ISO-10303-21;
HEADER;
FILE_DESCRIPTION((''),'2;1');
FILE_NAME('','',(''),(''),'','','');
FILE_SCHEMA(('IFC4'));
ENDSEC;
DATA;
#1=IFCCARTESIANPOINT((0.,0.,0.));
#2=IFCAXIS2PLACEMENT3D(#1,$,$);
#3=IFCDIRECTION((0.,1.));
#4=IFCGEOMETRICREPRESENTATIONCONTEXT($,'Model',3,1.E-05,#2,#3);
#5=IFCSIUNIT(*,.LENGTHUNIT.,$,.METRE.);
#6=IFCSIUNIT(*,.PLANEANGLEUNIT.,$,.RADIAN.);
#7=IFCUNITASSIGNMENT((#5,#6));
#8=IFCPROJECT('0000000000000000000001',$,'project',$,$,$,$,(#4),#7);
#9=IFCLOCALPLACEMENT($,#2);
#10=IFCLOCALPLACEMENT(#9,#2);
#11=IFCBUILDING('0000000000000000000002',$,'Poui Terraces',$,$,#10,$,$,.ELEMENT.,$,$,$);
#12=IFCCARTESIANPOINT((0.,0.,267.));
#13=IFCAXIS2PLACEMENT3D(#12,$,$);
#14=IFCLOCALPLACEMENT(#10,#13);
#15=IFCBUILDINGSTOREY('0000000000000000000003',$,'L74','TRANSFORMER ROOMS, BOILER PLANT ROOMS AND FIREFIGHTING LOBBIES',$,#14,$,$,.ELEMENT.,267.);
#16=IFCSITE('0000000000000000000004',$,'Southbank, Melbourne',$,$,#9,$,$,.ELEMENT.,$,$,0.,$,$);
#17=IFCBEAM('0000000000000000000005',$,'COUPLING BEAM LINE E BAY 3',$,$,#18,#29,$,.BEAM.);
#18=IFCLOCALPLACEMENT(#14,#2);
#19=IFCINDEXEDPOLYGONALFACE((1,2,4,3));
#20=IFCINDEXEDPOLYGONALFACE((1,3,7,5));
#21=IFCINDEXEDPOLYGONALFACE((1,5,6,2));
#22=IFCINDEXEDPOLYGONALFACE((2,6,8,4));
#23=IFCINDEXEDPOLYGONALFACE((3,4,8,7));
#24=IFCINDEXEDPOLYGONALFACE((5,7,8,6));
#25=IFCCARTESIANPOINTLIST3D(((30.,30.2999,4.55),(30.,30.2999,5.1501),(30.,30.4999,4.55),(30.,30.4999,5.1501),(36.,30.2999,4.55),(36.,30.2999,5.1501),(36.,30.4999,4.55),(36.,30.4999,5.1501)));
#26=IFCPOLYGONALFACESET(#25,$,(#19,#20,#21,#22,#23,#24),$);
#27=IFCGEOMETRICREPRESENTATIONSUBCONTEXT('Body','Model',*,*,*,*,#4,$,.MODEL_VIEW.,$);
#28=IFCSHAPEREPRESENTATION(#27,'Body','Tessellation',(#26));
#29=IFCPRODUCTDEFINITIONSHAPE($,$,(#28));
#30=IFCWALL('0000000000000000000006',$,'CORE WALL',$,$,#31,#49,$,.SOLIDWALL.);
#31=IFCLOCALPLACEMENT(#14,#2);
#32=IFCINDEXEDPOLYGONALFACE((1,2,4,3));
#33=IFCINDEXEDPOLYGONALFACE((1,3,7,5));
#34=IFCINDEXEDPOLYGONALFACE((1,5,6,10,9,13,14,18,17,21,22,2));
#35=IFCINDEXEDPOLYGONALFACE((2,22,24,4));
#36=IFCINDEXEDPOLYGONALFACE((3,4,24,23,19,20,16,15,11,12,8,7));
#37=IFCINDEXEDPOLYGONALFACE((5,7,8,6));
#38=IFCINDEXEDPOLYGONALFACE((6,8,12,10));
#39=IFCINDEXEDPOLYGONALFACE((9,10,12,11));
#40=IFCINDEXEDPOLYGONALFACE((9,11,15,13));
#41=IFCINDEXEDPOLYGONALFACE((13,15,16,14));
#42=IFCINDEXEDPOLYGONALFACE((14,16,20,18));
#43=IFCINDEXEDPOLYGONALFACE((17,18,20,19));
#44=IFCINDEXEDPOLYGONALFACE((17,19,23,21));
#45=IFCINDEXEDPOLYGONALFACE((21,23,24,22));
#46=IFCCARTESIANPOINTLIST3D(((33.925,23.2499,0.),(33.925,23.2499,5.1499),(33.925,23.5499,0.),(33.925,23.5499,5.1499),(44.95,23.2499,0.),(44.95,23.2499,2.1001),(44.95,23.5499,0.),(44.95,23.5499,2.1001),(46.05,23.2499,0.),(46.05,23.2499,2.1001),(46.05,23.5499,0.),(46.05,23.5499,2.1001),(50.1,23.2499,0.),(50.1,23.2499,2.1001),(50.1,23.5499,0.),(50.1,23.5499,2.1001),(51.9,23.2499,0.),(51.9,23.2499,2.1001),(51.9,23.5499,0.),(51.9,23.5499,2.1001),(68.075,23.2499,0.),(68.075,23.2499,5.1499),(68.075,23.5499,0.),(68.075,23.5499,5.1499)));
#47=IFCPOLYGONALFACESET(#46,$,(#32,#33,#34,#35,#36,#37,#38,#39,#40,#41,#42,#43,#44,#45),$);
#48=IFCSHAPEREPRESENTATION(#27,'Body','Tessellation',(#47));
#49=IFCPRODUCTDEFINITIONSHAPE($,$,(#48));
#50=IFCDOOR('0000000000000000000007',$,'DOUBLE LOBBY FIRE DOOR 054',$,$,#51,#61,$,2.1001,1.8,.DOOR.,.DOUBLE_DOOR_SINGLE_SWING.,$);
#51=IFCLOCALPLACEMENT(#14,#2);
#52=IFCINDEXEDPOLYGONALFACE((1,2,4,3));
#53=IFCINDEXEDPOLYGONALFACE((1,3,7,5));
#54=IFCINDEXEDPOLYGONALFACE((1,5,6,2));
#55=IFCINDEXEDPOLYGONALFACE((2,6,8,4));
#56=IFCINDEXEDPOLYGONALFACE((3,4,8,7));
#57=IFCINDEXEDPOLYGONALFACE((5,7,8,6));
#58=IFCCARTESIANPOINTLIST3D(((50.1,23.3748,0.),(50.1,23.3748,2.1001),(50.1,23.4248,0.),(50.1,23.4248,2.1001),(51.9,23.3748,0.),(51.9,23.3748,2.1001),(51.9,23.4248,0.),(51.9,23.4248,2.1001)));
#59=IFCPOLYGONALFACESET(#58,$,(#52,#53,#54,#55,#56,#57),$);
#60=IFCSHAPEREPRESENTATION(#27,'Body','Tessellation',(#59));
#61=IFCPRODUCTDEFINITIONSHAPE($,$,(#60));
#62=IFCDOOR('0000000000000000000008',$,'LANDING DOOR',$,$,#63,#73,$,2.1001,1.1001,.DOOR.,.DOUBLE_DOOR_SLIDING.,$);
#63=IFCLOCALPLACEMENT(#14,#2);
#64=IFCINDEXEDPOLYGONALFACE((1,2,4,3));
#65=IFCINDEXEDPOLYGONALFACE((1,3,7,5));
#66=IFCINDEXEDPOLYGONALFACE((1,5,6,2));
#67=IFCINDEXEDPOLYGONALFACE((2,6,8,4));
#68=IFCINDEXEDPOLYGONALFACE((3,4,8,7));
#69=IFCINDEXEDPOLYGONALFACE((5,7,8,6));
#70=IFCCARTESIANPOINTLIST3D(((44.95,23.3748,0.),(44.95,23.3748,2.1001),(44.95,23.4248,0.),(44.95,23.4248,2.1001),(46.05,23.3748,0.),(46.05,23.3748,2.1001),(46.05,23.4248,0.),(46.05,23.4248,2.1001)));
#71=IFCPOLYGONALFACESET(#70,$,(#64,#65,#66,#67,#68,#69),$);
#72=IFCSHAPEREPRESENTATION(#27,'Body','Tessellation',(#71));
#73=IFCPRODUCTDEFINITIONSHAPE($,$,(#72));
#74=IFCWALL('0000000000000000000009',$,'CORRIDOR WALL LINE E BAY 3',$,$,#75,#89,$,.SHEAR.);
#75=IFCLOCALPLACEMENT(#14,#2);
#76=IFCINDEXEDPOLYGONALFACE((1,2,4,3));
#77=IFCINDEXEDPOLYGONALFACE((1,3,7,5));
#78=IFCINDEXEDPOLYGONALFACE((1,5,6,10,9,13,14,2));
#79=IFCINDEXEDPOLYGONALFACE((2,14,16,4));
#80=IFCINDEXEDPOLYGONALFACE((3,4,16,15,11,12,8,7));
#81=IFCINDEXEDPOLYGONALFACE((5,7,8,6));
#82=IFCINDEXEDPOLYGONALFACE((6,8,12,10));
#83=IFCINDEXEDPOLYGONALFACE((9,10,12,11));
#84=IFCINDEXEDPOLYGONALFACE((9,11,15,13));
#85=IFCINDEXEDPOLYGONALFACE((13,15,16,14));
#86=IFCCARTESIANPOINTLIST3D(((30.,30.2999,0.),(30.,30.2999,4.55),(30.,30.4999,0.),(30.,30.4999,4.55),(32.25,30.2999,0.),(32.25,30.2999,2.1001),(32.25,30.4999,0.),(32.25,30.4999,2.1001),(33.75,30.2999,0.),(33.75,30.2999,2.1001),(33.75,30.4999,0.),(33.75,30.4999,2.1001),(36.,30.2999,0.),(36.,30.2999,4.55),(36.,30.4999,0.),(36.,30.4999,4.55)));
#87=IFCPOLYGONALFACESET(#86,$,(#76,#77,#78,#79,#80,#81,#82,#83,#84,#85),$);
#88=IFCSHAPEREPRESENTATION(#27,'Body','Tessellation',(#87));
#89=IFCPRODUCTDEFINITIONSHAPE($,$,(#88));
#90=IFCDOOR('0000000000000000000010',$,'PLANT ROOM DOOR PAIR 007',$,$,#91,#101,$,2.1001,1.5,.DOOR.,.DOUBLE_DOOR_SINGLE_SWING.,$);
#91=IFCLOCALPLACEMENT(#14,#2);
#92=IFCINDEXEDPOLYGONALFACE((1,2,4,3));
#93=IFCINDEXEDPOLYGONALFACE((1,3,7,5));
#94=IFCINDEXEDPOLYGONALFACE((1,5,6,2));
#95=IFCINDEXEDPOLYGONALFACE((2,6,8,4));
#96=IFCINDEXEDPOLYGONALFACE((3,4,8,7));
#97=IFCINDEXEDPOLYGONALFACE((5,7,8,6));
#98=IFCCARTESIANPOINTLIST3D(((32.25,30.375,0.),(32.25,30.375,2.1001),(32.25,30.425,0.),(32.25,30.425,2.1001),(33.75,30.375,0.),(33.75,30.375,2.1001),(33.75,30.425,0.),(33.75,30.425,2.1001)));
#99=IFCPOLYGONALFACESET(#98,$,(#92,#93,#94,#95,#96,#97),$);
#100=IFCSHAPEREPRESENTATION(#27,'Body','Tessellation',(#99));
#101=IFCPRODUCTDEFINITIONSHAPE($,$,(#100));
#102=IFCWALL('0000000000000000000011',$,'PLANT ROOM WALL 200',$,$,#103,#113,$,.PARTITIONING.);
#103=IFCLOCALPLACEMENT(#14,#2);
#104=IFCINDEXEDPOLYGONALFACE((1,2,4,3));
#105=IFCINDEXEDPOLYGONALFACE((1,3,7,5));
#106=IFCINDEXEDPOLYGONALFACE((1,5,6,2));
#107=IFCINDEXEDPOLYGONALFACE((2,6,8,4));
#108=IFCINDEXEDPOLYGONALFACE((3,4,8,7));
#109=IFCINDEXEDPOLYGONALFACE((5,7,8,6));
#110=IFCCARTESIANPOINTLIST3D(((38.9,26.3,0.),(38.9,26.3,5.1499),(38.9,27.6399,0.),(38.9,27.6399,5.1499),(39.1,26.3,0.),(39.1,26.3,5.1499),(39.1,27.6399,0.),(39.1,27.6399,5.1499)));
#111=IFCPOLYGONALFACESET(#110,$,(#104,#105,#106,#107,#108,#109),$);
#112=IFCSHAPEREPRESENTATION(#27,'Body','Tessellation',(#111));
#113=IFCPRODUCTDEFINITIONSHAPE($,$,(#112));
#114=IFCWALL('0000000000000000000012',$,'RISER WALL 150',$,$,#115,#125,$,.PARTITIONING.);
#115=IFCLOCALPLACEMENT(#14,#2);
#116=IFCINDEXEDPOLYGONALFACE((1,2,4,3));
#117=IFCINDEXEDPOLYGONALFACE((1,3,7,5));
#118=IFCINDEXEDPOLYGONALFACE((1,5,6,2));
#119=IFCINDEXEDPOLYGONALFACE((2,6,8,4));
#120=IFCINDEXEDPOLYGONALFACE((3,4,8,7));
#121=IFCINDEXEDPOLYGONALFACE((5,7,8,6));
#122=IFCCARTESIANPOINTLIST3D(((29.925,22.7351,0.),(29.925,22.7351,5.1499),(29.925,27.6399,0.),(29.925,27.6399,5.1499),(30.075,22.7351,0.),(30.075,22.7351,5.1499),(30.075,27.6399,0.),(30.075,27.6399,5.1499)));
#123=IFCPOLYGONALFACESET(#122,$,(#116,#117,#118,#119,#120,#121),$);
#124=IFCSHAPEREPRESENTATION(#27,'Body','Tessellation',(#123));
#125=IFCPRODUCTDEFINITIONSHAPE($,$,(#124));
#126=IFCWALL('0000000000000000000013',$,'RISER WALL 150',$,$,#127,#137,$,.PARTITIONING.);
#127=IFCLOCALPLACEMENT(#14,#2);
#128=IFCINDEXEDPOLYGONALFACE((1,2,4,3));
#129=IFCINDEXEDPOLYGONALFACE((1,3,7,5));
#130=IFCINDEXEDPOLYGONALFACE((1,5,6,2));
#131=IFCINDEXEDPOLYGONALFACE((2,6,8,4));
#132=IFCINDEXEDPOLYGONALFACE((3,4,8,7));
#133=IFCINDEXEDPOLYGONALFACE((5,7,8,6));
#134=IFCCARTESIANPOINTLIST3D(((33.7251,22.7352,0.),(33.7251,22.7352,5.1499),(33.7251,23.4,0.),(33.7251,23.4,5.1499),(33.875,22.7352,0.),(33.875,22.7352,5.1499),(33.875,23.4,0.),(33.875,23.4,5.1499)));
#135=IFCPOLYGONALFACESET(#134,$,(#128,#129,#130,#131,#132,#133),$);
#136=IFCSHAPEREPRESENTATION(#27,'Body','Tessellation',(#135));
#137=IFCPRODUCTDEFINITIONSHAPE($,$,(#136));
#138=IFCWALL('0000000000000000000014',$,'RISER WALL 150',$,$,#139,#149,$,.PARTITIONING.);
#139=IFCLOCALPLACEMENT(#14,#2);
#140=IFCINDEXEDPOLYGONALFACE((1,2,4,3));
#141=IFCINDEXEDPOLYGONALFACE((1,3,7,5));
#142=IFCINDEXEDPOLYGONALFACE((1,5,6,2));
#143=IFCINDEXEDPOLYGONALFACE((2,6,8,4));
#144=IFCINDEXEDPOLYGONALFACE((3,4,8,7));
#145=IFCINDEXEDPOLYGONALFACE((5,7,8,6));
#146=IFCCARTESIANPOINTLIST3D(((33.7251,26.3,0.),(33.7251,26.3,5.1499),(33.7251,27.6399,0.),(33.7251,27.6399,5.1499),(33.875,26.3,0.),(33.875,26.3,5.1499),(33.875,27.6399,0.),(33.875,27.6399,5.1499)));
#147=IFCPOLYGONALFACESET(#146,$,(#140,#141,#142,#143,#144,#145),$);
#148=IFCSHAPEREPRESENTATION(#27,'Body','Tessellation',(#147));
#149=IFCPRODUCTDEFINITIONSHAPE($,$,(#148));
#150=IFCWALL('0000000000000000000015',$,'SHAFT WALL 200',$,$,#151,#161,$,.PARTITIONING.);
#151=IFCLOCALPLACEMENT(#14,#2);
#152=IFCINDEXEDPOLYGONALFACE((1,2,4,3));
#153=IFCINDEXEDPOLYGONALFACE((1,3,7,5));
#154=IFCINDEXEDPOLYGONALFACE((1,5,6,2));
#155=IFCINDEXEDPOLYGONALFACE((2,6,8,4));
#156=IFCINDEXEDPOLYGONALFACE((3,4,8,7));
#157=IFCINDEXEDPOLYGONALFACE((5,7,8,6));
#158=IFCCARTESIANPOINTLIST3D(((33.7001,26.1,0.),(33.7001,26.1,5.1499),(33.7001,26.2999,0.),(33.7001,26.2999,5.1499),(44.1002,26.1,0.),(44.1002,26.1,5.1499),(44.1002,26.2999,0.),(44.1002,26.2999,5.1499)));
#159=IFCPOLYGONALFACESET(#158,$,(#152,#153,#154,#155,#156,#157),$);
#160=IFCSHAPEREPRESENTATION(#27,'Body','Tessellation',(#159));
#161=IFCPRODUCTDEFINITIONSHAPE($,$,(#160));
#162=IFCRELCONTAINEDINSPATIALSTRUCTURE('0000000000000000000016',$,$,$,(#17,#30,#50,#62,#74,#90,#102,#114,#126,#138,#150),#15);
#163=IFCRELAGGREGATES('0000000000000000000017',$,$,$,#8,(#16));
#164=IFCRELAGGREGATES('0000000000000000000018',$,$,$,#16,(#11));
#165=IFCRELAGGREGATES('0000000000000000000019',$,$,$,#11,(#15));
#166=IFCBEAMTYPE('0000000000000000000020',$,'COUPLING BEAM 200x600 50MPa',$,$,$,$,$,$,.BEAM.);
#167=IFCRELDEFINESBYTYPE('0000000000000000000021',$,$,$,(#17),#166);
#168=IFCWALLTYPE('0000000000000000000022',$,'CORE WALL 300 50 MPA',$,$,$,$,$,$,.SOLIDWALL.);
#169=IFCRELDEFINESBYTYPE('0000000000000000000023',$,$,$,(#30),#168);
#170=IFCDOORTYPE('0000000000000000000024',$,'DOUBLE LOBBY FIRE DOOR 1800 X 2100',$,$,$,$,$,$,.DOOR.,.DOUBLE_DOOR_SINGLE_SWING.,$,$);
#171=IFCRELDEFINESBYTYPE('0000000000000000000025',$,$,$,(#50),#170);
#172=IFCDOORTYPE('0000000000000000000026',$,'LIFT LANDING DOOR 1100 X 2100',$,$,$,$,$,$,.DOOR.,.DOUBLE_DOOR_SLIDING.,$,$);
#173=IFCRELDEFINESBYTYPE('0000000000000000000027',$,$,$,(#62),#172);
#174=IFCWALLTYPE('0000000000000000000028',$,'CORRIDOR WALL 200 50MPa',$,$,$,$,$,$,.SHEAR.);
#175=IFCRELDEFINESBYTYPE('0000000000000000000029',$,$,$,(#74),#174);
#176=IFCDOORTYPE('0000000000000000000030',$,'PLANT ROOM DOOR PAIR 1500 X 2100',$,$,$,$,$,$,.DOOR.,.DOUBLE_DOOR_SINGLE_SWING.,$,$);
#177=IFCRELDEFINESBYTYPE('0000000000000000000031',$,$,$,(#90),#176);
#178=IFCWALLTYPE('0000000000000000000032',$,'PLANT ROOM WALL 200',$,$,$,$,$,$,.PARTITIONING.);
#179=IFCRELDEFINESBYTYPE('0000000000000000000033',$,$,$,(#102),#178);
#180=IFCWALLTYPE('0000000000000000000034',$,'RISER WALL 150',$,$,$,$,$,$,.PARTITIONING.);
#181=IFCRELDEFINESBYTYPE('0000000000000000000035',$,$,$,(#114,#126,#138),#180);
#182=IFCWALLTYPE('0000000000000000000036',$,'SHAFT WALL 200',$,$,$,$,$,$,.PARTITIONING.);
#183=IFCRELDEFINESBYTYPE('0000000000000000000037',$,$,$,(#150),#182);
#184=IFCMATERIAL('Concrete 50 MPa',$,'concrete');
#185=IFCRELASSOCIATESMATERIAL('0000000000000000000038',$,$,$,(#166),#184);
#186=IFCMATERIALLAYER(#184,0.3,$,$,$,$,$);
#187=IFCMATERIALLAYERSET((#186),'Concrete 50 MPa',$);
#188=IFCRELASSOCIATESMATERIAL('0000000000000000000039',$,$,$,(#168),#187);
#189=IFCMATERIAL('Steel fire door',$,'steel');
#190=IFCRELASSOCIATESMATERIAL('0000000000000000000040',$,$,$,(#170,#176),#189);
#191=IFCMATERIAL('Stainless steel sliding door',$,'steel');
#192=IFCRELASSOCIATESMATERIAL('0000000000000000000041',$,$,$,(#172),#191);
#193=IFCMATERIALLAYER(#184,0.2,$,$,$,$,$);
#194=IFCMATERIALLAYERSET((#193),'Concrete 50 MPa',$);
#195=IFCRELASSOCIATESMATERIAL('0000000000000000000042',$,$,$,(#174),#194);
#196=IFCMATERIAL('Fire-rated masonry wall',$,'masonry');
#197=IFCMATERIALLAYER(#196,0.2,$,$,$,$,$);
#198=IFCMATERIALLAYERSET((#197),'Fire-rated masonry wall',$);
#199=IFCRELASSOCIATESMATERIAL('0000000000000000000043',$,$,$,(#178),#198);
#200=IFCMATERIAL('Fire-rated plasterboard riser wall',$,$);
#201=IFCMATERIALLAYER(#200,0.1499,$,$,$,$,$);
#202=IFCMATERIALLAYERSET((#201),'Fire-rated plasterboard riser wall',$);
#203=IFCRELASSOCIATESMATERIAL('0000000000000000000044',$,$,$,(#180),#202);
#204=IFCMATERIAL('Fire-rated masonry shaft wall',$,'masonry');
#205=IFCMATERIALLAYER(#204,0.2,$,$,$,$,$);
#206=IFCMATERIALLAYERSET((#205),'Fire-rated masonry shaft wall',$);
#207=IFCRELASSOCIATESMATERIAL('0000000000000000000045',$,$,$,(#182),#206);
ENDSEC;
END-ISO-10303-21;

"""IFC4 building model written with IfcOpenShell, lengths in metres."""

from ifc_helpers import new_model, si_unit, direction, frame, frame_2d, origin, origin_2d, place, context, subcontext, project, spatial, rectangle, extrude, source, transform, mapped, material, layer, layer_set, material_profile, profile_set, type_object, element, fill, save


model = new_model("IFC4")

# Units and contexts
model_context = context("Model", 3, precision=1e-05, world=origin(), true_north=direction((0.0, 1.0)))
body_context = subcontext(model_context, "Body", "Model", "MODEL_VIEW")
ifc_project = project(units=[si_unit("LENGTHUNIT", "METRE"), si_unit("PLANEANGLEUNIT", "RADIAN")], contexts=[model_context])

# Site, building, storey
site_placement = place(None, origin())
site = spatial("IfcSite", under=ifc_project, at=site_placement, Name="Southbank, Melbourne", CompositionType="ELEMENT", RefElevation=0.0)
building_placement = place(site_placement, origin())
building = spatial("IfcBuilding", under=site, at=building_placement, Name="Poui Terraces", CompositionType="ELEMENT")
storey_placement = place(building_placement, frame((0.0, 0.0, 267.0)))
storey = spatial("IfcBuildingStorey", under=building, at=storey_placement, Name="L74", Description="TRANSFORMER ROOMS, BOILER PLANT ROOMS AND FIREFIGHTING LOBBIES", CompositionType="ELEMENT", Elevation=267.0)

# Beam
ifc_material_1 = material(Name="Concrete 50 MPa", Category="concrete")
ifc_material_profile = material_profile(ifc_material_1, rectangle(XDim=0.2, YDim=0.6001, at=origin_2d()), Name="RC 200x600")
ifc_profile_set = profile_set([ifc_material_profile], Name="Concrete 50 MPa")
beam_type = type_object("IfcBeamType", Name="COUPLING BEAM 200x600 50MPa", PredefinedType="BEAM", material=ifc_profile_set)
shared_shape = source(origin(), body_context, "Body", "SweptSolid", [
    extrude(rectangle(XDim=0.2, YDim=0.6001, at=origin_2d()), origin(), (0.0, 0.0, 1.0), 6.0),
])
beam_placement = place(storey_placement, frame((30.0, 30.3999, 4.8501), z_axis=(1.0, 0.0, 0.0), x_axis=(0.0, 1.0, 0.0)))
element("IfcBeam", 1, at=beam_placement, inside=storey, type_object=beam_type, Name="COUPLING BEAM LINE E BAY 3", PredefinedType="BEAM", context=body_context, shape_type="MappedRepresentation", body=[
    mapped(shared_shape, transform((0.0, 0.0, 0.0))),
])

# Wall, openings, doors
ifc_layer_1 = layer(ifc_material_1, 0.3)
ifc_layer_set_1 = layer_set([ifc_layer_1], Name="Concrete 50 MPa")
wall_type_1 = type_object("IfcWallType", Name="CORE WALL 300 50 MPA", PredefinedType="SOLIDWALL", material=ifc_layer_set_1)
wall_1_placement = place(storey_placement, frame((33.925, 23.3999, 0.0), z_axis=(0.0, 0.0, 1.0), x_axis=(1.0, 0.0, 0.0)))
wall_1 = element("IfcWall", 2, at=wall_1_placement, inside=storey, type_object=wall_type_1, Name="CORE WALL", PredefinedType="SOLIDWALL", context=body_context, shape_type="SweptSolid", body=[
    extrude(rectangle(XDim=34.1499, YDim=0.3, at=frame_2d((17.075, 0.0))), origin(), (0.0, 0.0, 1.0), 5.1499),
])
opening_1_placement = place(wall_1_placement, frame((16.175, 0.0, 0.0)))
opening_1 = element("IfcOpeningElement", 3, at=opening_1_placement, cuts=wall_1, PredefinedType="OPENING", context=body_context, shape_type="SweptSolid", body=[
    extrude(rectangle(XDim=1.8, YDim=2.1001, at=frame_2d((0.8999, 1.05))), frame((0.0, 0.1602, 0.0), z_axis=(0.0, -1.0, 0.0), x_axis=(1.0, 0.0, 0.0)), (0.0, 0.0, 1.0), 0.3201),
])
opening_2_placement = place(wall_1_placement, frame((11.0249, 0.0, 0.0)))
opening_2 = element("IfcOpeningElement", 4, at=opening_2_placement, cuts=wall_1, PredefinedType="OPENING", context=body_context, shape_type="SweptSolid", body=[
    extrude(rectangle(XDim=1.1001, YDim=2.1001, at=frame_2d((0.55, 1.05))), frame((0.0, 0.1602, 0.0), z_axis=(0.0, -1.0, 0.0), x_axis=(1.0, 0.0, 0.0)), (0.0, 0.0, 1.0), 0.3201),
])
ifc_material_2 = material(Name="Steel fire door", Category="steel")
door_type_1 = type_object("IfcDoorType", Name="DOUBLE LOBBY FIRE DOOR 1800 X 2100", OperationType="DOUBLE_DOOR_SINGLE_SWING", PredefinedType="DOOR", material=ifc_material_2)
door_1_placement = place(opening_1_placement, origin())
door_1 = element("IfcDoor", 5, at=door_1_placement, inside=storey, type_object=door_type_1, Name="DOUBLE LOBBY FIRE DOOR 054", OperationType="DOUBLE_DOOR_SINGLE_SWING", OverallHeight=2.1001, OverallWidth=1.8, PredefinedType="DOOR", context=body_context, shape_type="SweptSolid", body=[
    extrude(rectangle(XDim=1.8, YDim=2.1001, at=frame_2d((0.8999, 1.05))), frame((0.0, 0.0249, 0.0), z_axis=(0.0, -1.0, 0.0), x_axis=(1.0, 0.0, 0.0)), (0.0, 0.0, 1.0), 0.05),
])
fill(opening_1, door_1)
ifc_material_3 = material(Name="Stainless steel sliding door", Category="steel")
door_type_2 = type_object("IfcDoorType", Name="LIFT LANDING DOOR 1100 X 2100", OperationType="DOUBLE_DOOR_SLIDING", PredefinedType="DOOR", material=ifc_material_3)
door_2_placement = place(opening_2_placement, origin())
door_2 = element("IfcDoor", 6, at=door_2_placement, inside=storey, type_object=door_type_2, Name="LANDING DOOR", OperationType="DOUBLE_DOOR_SLIDING", OverallHeight=2.1001, OverallWidth=1.1001, PredefinedType="DOOR", context=body_context, shape_type="SweptSolid", body=[
    extrude(rectangle(XDim=1.1001, YDim=2.1001, at=frame_2d((0.55, 1.05))), frame((0.0, 0.0249, 0.0), z_axis=(0.0, -1.0, 0.0), x_axis=(1.0, 0.0, 0.0)), (0.0, 0.0, 1.0), 0.05),
])
fill(opening_2, door_2)

# Wall, opening, door
ifc_layer_2 = layer(ifc_material_1, 0.2)
ifc_layer_set_2 = layer_set([ifc_layer_2], Name="Concrete 50 MPa")
wall_type_2 = type_object("IfcWallType", Name="CORRIDOR WALL 200 50MPa", PredefinedType="SHEAR", material=ifc_layer_set_2)
wall_2_placement = place(storey_placement, frame((30.0, 30.3999, 0.0), z_axis=(0.0, 0.0, 1.0), x_axis=(1.0, 0.0, 0.0)))
wall_2 = element("IfcWall", 7, at=wall_2_placement, inside=storey, type_object=wall_type_2, Name="CORRIDOR WALL LINE E BAY 3", PredefinedType="SHEAR", context=body_context, shape_type="SweptSolid", body=[
    extrude(rectangle(XDim=6.0, YDim=0.2, at=frame_2d((3.0, 0.0))), origin(), (0.0, 0.0, 1.0), 4.55),
])
opening_3_placement = place(wall_2_placement, frame((2.25, 0.0, 0.0)))
opening_3 = element("IfcOpeningElement", 8, at=opening_3_placement, cuts=wall_2, PredefinedType="OPENING", context=body_context, shape_type="SweptSolid", body=[
    extrude(rectangle(XDim=1.5, YDim=2.1001, at=frame_2d((0.75, 1.05))), frame((0.0, 0.1099, 0.0), z_axis=(0.0, -1.0, 0.0), x_axis=(1.0, 0.0, 0.0)), (0.0, 0.0, 1.0), 0.22),
])
door_type_3 = type_object("IfcDoorType", Name="PLANT ROOM DOOR PAIR 1500 X 2100", OperationType="DOUBLE_DOOR_SINGLE_SWING", PredefinedType="DOOR", material=ifc_material_2)
door_3_placement = place(opening_3_placement, frame((1.5, 0.0, 0.0), z_axis=(0.0, 0.0, 1.0), x_axis=(-1.0, 0.0, 0.0)))
door_3 = element("IfcDoor", 9, at=door_3_placement, inside=storey, type_object=door_type_3, Name="PLANT ROOM DOOR PAIR 007", OperationType="DOUBLE_DOOR_SINGLE_SWING", OverallHeight=2.1001, OverallWidth=1.5, PredefinedType="DOOR", context=body_context, shape_type="SweptSolid", body=[
    extrude(rectangle(XDim=1.5, YDim=2.1001, at=frame_2d((0.75, 1.05))), frame((0.0, 0.0249, 0.0), z_axis=(0.0, -1.0, 0.0), x_axis=(1.0, 0.0, 0.0)), (0.0, 0.0, 1.0), 0.05),
])
fill(opening_3, door_3)

# Walls
ifc_material_4 = material(Name="Fire-rated masonry wall", Category="masonry")
ifc_layer_3 = layer(ifc_material_4, 0.2)
ifc_layer_set_3 = layer_set([ifc_layer_3], Name="Fire-rated masonry wall")
wall_type_3 = type_object("IfcWallType", Name="PLANT ROOM WALL 200", PredefinedType="PARTITIONING", material=ifc_layer_set_3)
wall_3_placement = place(storey_placement, frame((39.0, 26.3, 0.0), z_axis=(0.0, 0.0, 1.0), x_axis=(0.0, 1.0, 0.0)))
element("IfcWall", 10, at=wall_3_placement, inside=storey, type_object=wall_type_3, Name="PLANT ROOM WALL 200", PredefinedType="PARTITIONING", context=body_context, shape_type="SweptSolid", body=[
    extrude(rectangle(XDim=1.3398, YDim=0.2, at=frame_2d((0.6699, 0.0))), origin(), (0.0, 0.0, 1.0), 5.1499),
])
ifc_material_5 = material(Name="Fire-rated plasterboard riser wall")
ifc_layer_4 = layer(ifc_material_5, 0.1499)
ifc_layer_set_4 = layer_set([ifc_layer_4], Name="Fire-rated plasterboard riser wall")
wall_type_4 = type_object("IfcWallType", Name="RISER WALL 150", PredefinedType="PARTITIONING", material=ifc_layer_set_4)
wall_4_placement = place(storey_placement, frame((30.0, 22.7351, 0.0), z_axis=(0.0, 0.0, 1.0), x_axis=(0.0, 1.0, 0.0)))
element("IfcWall", 11, at=wall_4_placement, inside=storey, type_object=wall_type_4, Name="RISER WALL 150", PredefinedType="PARTITIONING", context=body_context, shape_type="SweptSolid", body=[
    extrude(rectangle(XDim=4.9048, YDim=0.1499, at=frame_2d((2.4524, 0.0))), origin(), (0.0, 0.0, 1.0), 5.1499),
])
wall_5_placement = place(storey_placement, frame((33.8, 22.7351, 0.0), z_axis=(0.0, 0.0, 1.0), x_axis=(0.0, 1.0, 0.0)))
element("IfcWall", 12, at=wall_5_placement, inside=storey, type_object=wall_type_4, Name="RISER WALL 150", PredefinedType="PARTITIONING", context=body_context, shape_type="SweptSolid", body=[
    extrude(rectangle(XDim=0.6648, YDim=0.1499, at=frame_2d((0.3325, 0.0))), origin(), (0.0, 0.0, 1.0), 5.1499),
])
wall_6_placement = place(storey_placement, frame((33.8, 26.3, 0.0), z_axis=(0.0, 0.0, 1.0), x_axis=(0.0, 1.0, 0.0)))
element("IfcWall", 13, at=wall_6_placement, inside=storey, type_object=wall_type_4, Name="RISER WALL 150", PredefinedType="PARTITIONING", context=body_context, shape_type="SweptSolid", body=[
    extrude(rectangle(XDim=1.3398, YDim=0.1499, at=frame_2d((0.6699, 0.0))), origin(), (0.0, 0.0, 1.0), 5.1499),
])
ifc_material_6 = material(Name="Fire-rated masonry shaft wall", Category="masonry")
ifc_layer_5 = layer(ifc_material_6, 0.2)
ifc_layer_set_5 = layer_set([ifc_layer_5], Name="Fire-rated masonry shaft wall")
wall_type_5 = type_object("IfcWallType", Name="SHAFT WALL 200", PredefinedType="PARTITIONING", material=ifc_layer_set_5)
wall_7_placement = place(storey_placement, frame((33.7, 26.2, 0.0), z_axis=(0.0, 0.0, 1.0), x_axis=(1.0, 0.0, 0.0)))
element("IfcWall", 14, at=wall_7_placement, inside=storey, type_object=wall_type_5, Name="SHAFT WALL 200", PredefinedType="PARTITIONING", context=body_context, shape_type="SweptSolid", body=[
    extrude(rectangle(XDim=10.4001, YDim=0.2, at=frame_2d((5.2002, 0.0))), origin(), (0.0, 0.0, 1.0), 5.1499),
])

save(model, "model.ifc")
